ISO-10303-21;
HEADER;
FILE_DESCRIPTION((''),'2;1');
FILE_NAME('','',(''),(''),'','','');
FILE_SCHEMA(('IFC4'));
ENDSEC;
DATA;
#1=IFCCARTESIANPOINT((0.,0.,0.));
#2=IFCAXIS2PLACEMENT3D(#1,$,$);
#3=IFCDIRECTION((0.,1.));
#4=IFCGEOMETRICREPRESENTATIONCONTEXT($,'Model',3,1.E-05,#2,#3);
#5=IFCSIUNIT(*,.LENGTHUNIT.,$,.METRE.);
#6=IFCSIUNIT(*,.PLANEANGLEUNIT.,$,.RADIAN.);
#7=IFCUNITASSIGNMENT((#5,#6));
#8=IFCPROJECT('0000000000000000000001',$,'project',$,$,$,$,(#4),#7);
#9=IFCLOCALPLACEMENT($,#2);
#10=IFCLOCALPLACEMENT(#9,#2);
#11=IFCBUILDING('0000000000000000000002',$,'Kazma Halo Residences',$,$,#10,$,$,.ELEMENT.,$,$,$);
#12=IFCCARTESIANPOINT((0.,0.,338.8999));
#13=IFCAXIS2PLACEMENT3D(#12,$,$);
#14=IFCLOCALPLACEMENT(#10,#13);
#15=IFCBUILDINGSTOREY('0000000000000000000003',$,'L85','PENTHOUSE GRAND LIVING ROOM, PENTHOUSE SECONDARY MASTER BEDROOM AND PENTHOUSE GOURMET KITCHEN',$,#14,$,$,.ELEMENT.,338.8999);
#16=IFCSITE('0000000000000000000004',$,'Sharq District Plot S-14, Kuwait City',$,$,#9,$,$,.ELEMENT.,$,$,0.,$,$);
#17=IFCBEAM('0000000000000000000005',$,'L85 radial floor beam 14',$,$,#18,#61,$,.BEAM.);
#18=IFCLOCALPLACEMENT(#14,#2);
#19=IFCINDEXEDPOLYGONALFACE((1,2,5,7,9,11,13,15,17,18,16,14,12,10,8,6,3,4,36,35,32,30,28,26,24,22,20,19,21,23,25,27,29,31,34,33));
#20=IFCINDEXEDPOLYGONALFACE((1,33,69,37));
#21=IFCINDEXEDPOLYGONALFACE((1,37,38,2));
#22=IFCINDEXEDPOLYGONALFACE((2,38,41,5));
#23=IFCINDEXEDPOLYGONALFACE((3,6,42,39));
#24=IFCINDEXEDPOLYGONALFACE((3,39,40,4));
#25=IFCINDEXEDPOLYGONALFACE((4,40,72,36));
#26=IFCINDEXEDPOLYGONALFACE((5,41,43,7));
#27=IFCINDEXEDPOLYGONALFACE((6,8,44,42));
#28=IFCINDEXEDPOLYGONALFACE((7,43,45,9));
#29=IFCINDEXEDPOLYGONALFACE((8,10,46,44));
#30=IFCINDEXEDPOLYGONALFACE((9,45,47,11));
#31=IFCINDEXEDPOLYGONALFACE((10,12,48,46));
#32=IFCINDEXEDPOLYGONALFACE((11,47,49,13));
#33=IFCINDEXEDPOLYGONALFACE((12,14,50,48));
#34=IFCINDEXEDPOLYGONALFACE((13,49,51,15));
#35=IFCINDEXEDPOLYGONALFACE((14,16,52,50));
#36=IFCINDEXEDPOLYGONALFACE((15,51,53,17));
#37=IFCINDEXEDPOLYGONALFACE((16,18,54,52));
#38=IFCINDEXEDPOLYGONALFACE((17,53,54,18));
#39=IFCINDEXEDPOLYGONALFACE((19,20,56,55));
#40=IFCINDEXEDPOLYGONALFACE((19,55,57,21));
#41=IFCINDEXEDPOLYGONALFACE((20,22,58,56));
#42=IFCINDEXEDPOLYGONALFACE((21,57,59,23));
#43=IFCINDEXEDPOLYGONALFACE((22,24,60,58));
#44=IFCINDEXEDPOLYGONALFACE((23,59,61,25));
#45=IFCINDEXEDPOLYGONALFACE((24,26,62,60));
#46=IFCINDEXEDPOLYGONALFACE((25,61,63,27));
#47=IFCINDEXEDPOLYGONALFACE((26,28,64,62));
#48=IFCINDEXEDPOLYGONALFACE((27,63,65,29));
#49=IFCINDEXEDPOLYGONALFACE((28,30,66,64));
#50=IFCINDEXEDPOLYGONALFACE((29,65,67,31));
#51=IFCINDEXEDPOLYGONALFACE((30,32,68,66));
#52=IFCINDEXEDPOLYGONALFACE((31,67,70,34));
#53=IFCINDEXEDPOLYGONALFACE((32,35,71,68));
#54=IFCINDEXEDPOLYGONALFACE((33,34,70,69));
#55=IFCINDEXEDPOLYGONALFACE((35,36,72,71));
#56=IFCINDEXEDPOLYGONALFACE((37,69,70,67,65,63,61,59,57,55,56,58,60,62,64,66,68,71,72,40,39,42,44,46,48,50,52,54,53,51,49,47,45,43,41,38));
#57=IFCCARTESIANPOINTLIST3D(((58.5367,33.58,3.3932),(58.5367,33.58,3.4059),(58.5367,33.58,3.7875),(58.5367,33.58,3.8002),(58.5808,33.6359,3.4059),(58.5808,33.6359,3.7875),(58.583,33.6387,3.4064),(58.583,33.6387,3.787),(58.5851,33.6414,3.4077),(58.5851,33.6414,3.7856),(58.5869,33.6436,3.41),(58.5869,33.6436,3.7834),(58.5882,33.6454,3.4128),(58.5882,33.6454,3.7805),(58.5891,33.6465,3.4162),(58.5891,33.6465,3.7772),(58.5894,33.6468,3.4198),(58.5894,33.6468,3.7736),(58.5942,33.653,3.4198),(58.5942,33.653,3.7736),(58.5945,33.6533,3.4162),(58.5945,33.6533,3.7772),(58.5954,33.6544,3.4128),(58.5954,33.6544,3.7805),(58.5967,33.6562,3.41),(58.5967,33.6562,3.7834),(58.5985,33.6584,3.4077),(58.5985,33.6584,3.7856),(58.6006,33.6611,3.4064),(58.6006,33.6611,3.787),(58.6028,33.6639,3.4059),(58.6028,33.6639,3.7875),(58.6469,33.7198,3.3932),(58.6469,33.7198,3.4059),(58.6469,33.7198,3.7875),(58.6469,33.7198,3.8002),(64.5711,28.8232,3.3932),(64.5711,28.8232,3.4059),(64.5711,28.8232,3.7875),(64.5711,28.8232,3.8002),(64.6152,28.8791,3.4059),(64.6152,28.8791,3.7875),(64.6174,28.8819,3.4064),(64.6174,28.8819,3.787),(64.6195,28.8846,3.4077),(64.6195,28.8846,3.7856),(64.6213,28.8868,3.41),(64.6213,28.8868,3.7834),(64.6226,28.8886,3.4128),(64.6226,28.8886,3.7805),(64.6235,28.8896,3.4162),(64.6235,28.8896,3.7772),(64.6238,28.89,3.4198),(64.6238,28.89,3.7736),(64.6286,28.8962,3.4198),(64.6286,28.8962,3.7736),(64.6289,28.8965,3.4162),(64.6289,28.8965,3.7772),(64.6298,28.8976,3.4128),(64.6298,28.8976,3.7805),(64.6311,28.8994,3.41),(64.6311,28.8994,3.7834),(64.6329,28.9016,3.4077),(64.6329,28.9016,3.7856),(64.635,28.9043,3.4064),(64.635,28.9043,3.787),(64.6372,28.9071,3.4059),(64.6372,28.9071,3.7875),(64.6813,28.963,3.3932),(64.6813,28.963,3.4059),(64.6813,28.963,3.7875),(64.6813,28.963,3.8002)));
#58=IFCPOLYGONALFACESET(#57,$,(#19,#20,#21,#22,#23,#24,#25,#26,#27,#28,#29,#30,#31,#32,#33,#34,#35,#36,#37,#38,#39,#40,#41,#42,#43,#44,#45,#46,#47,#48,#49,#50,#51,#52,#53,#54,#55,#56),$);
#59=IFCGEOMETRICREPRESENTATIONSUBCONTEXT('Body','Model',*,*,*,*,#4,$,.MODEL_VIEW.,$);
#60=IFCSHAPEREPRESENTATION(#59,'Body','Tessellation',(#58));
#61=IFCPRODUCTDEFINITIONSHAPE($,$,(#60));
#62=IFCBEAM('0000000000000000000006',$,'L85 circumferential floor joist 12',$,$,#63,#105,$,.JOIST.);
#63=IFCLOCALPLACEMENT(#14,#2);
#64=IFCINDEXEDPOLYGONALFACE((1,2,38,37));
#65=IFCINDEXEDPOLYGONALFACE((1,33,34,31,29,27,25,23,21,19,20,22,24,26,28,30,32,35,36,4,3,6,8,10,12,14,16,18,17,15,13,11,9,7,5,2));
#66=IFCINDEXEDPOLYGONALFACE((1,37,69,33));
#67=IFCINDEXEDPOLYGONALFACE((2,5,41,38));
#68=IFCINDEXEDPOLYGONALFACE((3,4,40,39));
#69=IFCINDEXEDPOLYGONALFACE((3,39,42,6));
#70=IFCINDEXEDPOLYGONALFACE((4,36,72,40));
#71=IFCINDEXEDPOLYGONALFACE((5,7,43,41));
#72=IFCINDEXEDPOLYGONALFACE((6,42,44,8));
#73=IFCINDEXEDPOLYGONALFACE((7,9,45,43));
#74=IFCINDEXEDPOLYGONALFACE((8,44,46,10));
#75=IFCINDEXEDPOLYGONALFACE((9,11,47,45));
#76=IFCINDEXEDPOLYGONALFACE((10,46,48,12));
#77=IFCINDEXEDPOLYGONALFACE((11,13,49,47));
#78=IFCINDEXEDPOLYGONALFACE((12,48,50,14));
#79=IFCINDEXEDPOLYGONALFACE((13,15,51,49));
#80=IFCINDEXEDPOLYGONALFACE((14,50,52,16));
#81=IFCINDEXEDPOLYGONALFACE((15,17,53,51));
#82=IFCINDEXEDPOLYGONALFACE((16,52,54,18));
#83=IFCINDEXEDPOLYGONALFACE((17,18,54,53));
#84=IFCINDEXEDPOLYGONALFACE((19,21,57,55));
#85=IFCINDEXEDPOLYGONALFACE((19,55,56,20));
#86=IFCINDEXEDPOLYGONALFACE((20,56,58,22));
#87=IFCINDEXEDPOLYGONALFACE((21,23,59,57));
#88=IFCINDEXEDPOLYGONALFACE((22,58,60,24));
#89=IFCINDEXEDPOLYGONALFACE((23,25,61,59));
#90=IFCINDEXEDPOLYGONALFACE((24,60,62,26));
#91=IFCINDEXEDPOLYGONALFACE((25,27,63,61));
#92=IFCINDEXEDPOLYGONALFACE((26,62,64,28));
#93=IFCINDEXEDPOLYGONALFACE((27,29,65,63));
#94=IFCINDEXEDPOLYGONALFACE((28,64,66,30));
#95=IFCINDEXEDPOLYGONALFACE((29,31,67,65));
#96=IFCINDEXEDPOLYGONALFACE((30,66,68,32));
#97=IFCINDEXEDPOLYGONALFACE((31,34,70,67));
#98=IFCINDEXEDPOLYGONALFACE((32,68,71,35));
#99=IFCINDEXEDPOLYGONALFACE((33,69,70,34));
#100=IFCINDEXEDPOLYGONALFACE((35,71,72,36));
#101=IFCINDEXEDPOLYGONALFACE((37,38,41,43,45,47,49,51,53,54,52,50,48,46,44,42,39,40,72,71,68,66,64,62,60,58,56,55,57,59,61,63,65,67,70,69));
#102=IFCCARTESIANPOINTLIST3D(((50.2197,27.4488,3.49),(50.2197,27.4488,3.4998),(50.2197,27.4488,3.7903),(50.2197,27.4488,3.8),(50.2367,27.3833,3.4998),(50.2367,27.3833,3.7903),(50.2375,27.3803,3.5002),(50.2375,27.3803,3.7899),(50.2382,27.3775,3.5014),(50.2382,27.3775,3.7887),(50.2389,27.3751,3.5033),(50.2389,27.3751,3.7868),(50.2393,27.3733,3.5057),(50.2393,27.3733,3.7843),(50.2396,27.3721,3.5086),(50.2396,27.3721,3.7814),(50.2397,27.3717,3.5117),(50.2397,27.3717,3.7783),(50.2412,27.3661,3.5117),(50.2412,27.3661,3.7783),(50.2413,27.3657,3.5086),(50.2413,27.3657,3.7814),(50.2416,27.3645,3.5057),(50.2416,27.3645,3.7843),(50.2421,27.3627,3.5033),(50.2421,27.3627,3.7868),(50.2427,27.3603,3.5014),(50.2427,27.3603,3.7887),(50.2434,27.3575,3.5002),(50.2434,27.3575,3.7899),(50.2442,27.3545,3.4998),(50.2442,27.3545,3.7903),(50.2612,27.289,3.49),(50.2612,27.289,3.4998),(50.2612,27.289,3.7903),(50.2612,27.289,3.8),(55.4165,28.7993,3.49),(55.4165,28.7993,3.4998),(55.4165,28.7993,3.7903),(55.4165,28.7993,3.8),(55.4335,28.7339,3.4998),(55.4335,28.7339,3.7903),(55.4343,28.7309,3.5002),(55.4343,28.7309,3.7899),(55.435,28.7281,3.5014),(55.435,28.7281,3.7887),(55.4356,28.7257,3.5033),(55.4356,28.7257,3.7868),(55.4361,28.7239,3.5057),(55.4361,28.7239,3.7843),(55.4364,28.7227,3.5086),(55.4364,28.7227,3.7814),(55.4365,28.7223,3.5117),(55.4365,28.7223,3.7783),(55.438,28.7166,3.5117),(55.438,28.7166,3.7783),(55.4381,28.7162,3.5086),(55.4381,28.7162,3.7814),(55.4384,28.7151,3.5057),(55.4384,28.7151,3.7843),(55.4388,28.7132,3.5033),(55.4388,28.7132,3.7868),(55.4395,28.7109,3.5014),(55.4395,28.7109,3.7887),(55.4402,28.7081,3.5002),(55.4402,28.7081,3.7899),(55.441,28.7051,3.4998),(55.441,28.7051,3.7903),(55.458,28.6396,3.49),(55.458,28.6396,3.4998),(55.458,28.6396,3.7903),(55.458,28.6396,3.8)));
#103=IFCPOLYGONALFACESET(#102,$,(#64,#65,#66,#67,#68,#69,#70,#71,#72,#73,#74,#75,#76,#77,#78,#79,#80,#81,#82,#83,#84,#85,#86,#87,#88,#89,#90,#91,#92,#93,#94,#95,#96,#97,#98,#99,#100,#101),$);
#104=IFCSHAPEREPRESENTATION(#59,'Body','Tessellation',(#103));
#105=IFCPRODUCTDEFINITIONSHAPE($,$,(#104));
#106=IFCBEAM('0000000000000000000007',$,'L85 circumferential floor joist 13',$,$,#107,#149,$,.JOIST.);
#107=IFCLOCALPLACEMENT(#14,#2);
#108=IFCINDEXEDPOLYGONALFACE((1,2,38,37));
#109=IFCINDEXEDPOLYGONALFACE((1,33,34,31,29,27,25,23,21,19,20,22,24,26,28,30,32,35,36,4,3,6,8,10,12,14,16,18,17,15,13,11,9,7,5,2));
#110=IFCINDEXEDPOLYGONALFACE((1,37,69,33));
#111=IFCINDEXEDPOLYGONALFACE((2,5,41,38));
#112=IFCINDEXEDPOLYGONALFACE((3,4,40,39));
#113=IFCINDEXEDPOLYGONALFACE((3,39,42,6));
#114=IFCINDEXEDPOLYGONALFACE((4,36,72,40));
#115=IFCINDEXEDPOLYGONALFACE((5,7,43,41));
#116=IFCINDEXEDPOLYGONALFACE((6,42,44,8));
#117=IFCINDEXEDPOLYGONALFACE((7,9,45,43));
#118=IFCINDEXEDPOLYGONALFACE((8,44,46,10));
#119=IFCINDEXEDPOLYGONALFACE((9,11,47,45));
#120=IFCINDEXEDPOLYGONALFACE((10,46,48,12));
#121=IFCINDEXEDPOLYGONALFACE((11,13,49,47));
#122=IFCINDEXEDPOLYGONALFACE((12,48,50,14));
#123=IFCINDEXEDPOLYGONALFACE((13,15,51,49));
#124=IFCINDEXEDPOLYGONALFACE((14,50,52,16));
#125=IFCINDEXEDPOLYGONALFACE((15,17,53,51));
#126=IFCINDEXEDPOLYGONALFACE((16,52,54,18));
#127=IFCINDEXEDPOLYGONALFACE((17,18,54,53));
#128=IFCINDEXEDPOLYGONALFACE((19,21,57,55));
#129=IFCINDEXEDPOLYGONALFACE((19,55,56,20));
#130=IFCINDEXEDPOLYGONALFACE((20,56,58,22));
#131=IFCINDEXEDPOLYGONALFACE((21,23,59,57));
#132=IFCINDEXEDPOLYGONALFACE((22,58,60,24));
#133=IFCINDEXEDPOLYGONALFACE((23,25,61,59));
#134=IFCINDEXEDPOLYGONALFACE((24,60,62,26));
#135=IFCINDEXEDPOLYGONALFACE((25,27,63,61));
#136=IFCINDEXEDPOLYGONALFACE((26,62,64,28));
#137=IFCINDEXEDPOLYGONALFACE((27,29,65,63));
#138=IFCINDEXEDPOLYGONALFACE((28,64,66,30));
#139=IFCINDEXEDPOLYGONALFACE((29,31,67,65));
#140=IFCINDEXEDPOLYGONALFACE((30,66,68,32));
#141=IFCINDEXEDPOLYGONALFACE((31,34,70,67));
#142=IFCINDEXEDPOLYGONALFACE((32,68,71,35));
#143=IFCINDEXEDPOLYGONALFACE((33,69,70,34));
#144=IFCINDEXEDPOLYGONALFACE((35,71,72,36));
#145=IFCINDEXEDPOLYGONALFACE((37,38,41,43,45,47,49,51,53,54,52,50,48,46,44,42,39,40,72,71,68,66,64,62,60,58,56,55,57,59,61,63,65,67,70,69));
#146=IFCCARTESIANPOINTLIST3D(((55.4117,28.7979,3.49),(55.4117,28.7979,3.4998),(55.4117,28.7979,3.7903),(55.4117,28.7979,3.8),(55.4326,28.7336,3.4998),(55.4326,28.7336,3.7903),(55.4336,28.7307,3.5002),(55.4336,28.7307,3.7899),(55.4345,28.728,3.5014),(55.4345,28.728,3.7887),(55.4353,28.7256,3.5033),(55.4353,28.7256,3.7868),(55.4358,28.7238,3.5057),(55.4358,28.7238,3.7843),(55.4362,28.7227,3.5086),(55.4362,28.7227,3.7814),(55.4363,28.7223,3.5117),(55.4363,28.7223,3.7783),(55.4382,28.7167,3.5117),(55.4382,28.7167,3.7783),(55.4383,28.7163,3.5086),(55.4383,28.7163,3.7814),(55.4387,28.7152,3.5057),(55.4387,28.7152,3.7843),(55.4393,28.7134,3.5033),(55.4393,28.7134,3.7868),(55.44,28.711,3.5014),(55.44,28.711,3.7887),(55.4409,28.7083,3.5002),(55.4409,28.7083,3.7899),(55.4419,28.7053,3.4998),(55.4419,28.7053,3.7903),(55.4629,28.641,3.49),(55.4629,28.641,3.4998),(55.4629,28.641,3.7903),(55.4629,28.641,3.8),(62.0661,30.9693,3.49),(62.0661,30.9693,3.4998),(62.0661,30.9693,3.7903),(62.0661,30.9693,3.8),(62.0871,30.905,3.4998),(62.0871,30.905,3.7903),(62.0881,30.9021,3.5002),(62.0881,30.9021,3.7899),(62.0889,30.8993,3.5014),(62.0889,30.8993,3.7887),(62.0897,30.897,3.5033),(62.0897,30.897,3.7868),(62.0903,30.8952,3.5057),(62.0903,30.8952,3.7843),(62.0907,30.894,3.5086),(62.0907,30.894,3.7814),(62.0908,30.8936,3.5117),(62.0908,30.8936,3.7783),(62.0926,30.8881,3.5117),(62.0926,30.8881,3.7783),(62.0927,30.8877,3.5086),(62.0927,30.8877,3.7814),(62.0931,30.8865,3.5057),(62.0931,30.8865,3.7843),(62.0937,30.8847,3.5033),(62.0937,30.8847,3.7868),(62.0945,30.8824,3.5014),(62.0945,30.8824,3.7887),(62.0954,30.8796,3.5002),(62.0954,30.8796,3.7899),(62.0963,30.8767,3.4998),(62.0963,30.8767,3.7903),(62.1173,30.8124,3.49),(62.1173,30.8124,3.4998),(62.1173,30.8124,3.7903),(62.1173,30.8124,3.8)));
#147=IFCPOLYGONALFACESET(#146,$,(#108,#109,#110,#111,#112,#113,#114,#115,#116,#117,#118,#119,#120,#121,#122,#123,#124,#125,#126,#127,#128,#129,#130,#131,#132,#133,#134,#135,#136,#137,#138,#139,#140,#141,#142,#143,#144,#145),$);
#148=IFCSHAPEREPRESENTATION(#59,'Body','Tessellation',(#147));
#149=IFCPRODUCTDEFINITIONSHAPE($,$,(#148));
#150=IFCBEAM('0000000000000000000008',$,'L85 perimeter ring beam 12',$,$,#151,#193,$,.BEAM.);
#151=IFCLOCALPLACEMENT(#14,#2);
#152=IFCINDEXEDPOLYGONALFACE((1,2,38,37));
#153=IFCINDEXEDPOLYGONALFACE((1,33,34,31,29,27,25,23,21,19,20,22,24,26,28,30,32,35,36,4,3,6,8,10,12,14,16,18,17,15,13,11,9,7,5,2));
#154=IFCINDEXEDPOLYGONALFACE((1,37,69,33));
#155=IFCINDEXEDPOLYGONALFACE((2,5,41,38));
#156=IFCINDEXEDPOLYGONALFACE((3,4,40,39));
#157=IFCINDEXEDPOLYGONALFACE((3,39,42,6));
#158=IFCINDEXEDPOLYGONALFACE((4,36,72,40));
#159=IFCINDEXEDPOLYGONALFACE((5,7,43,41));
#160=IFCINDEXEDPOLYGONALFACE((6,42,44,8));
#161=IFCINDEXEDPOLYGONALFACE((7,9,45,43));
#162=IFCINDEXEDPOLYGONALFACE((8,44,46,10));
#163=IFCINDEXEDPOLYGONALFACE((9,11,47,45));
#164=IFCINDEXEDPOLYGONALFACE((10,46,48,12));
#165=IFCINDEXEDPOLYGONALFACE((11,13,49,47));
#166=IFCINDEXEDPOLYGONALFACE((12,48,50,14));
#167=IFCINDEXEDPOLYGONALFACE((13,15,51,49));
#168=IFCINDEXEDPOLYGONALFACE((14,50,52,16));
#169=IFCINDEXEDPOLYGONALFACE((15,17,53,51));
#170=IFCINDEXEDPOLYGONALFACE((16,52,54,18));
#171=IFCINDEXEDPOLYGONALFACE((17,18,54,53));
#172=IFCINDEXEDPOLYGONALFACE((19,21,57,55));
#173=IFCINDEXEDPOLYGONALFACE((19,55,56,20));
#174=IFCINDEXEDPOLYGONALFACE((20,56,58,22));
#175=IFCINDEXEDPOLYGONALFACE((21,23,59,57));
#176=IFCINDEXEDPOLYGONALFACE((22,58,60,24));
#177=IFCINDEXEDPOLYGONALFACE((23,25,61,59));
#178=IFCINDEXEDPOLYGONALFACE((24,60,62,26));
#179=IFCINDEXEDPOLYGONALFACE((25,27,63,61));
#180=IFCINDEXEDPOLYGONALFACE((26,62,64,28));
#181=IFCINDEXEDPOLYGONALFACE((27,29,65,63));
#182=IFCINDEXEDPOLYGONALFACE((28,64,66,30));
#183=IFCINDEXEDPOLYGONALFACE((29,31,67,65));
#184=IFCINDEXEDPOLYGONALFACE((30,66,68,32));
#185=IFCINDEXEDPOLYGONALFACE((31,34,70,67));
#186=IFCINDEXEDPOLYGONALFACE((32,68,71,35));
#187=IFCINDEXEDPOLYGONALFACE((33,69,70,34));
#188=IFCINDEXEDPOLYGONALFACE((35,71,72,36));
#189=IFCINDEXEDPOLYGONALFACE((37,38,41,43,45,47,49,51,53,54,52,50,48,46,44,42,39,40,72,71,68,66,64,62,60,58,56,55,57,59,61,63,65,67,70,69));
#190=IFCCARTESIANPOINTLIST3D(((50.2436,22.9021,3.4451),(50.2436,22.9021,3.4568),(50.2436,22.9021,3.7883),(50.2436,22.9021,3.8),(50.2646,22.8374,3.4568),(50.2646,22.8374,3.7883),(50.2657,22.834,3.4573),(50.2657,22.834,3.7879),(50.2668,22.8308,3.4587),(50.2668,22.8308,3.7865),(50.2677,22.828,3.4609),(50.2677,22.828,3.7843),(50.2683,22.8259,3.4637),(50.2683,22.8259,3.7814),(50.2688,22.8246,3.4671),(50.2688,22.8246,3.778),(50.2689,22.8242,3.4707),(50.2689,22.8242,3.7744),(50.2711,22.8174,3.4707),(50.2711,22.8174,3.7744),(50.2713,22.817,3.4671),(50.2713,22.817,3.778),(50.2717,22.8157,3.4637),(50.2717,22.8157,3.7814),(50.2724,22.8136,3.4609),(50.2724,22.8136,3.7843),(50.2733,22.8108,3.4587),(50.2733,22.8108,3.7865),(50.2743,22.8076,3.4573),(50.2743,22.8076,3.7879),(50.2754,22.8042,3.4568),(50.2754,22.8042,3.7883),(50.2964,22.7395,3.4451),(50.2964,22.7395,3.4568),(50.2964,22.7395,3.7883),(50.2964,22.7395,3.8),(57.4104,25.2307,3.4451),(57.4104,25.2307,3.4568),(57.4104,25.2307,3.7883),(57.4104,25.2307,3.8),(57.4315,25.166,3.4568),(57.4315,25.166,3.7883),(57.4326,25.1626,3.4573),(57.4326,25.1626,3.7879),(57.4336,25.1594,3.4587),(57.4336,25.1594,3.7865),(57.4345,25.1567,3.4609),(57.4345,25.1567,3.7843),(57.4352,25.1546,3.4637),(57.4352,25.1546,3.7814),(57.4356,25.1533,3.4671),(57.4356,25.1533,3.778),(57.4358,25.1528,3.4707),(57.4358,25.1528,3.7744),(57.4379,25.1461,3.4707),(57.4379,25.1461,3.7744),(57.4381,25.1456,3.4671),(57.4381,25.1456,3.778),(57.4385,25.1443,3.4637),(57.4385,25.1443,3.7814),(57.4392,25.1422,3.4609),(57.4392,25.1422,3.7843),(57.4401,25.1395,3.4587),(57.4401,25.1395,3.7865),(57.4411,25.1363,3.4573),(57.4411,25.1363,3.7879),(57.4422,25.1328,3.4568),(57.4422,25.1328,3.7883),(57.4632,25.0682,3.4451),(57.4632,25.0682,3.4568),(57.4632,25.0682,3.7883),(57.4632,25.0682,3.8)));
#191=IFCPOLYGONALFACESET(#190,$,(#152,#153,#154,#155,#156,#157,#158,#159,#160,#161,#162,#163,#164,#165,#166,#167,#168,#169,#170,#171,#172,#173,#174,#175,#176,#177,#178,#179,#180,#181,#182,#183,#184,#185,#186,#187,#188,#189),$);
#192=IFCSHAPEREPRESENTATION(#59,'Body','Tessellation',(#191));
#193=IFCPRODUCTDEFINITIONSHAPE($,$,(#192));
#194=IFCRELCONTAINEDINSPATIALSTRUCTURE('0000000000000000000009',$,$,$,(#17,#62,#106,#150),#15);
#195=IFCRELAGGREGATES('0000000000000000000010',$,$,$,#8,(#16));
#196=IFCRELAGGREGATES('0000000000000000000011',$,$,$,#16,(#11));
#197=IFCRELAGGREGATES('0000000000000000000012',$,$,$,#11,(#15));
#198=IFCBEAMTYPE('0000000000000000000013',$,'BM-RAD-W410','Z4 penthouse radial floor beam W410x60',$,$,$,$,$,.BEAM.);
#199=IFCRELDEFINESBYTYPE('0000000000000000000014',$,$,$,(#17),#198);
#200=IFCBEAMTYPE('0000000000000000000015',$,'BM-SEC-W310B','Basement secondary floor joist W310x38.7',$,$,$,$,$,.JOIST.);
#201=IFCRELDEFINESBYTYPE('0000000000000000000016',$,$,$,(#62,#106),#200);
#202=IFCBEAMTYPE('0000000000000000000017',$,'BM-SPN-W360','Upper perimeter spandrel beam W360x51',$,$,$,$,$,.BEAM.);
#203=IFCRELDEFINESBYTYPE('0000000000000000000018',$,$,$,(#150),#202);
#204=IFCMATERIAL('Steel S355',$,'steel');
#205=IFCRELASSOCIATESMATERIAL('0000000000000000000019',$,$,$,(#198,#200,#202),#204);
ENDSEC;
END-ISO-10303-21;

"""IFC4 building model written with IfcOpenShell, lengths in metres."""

from ifc_helpers import new_model, si_unit, direction, frame, origin, origin_2d, place, context, subcontext, project, spatial, i_section, extrude, material, material_profile, profile_set, type_object, element, save


model = new_model("IFC4")

# Units and contexts
model_context = context("Model", 3, precision=1e-05, world=origin(), true_north=direction((0.0, 1.0)))
body_context = subcontext(model_context, "Body", "Model", "MODEL_VIEW")
ifc_project = project(units=[si_unit("LENGTHUNIT", "METRE"), si_unit("PLANEANGLEUNIT", "RADIAN")], contexts=[model_context])

# Site, building, storey
site_placement = place(None, origin())
site = spatial("IfcSite", under=ifc_project, at=site_placement, Name="Sharq District Plot S-14, Kuwait City", CompositionType="ELEMENT", RefElevation=0.0)
building_placement = place(site_placement, origin())
building = spatial("IfcBuilding", under=site, at=building_placement, Name="Kazma Halo Residences", CompositionType="ELEMENT")
storey_placement = place(building_placement, frame((0.0, 0.0, 338.8999)))
storey = spatial("IfcBuildingStorey", under=building, at=storey_placement, Name="L85", Description="PENTHOUSE GRAND LIVING ROOM, PENTHOUSE SECONDARY MASTER BEDROOM AND PENTHOUSE GOURMET KITCHEN", CompositionType="ELEMENT", Elevation=338.8999)

# Beams
ifc_material_1 = material(Name="Steel S355", Category="steel")
ifc_material_profile_1 = material_profile(ifc_material_1, i_section(OverallWidth=0.178, OverallDepth=0.407, WebThickness=0.0078, FlangeThickness=0.0127, FilletRadius=0.0139, at=origin_2d()), Name="W410x60")
ifc_profile_set_1 = profile_set([ifc_material_profile_1], Name="Steel S355")
beam_type_1 = type_object("IfcBeamType", Name="BM-RAD-W410", Description="Z4 penthouse radial floor beam W410x60", PredefinedType="BEAM", material=ifc_profile_set_1)
beam_1_placement = place(storey_placement, frame((58.5918, 33.6499, 3.5967), z_axis=(0.785337, -0.619068, 0.0), x_axis=(0.619068, 0.785337, 0.0)))
element("IfcBeam", 1, at=beam_1_placement, inside=storey, type_object=beam_type_1, Name="L85 radial floor beam 14", PredefinedType="BEAM", context=body_context, shape_type="SweptSolid", body=[
    extrude(i_section(OverallWidth=0.178, OverallDepth=0.407, WebThickness=0.0078, FlangeThickness=0.0127, FilletRadius=0.0139, at=origin_2d()), origin(), (0.0, 0.0, 1.0), 7.6838),
])
ifc_material_profile_2 = material_profile(ifc_material_1, i_section(OverallWidth=0.165, OverallDepth=0.3101, WebThickness=0.0059, FlangeThickness=0.0098, FilletRadius=0.012, at=origin_2d()), Name="W310x38.7")
ifc_profile_set_2 = profile_set([ifc_material_profile_2], Name="Steel S355")
beam_type_2 = type_object("IfcBeamType", Name="BM-SEC-W310B", Description="Basement secondary floor joist W310x38.7", PredefinedType="JOIST", material=ifc_profile_set_2)
beam_2_placement = place(storey_placement, frame((50.2405, 27.3689, 3.645), z_axis=(0.967849, 0.251533, 0.0), x_axis=(-0.251533, 0.967849, 0.0)))
element("IfcBeam", 2, at=beam_2_placement, inside=storey, type_object=beam_type_2, Name="L85 circumferential floor joist 12", PredefinedType="JOIST", context=body_context, shape_type="SweptSolid", body=[
    extrude(i_section(OverallWidth=0.165, OverallDepth=0.3101, WebThickness=0.0059, FlangeThickness=0.0098, FilletRadius=0.012, at=origin_2d()), origin(), (0.0, 0.0, 1.0), 5.3694),
])
beam_3_placement = place(storey_placement, frame((55.4373, 28.7195, 3.645), z_axis=(0.95067, 0.310205, 0.0), x_axis=(-0.310205, 0.95067, 0.0)))
element("IfcBeam", 3, at=beam_3_placement, inside=storey, type_object=beam_type_2, Name="L85 circumferential floor joist 13", PredefinedType="JOIST", context=body_context, shape_type="SweptSolid", body=[
    extrude(i_section(OverallWidth=0.165, OverallDepth=0.3101, WebThickness=0.0059, FlangeThickness=0.0098, FilletRadius=0.012, at=origin_2d()), origin(), (0.0, 0.0, 1.0), 6.9998),
])
ifc_material_profile_3 = material_profile(ifc_material_1, i_section(OverallWidth=0.1709, OverallDepth=0.355, WebThickness=0.0071, FlangeThickness=0.0117, FilletRadius=0.0139, at=origin_2d()), Name="W360x51")
ifc_profile_set_3 = profile_set([ifc_material_profile_3], Name="Steel S355")
beam_type_3 = type_object("IfcBeamType", Name="BM-SPN-W360", Description="Upper perimeter spandrel beam W360x51", PredefinedType="BEAM", material=ifc_profile_set_3)
beam_4_placement = place(storey_placement, frame((50.27, 22.8208, 3.6226), z_axis=(0.951057, 0.309016, 0.0), x_axis=(-0.309016, 0.951057, 0.0)))
element("IfcBeam", 4, at=beam_4_placement, inside=storey, type_object=beam_type_3, Name="L85 perimeter ring beam 12", PredefinedType="BEAM", context=body_context, shape_type="SweptSolid", body=[
    extrude(i_section(OverallWidth=0.1709, OverallDepth=0.355, WebThickness=0.0071, FlangeThickness=0.0117, FilletRadius=0.0139, at=origin_2d()), origin(), (0.0, 0.0, 1.0), 7.5356),
])

save(model, "model.ifc")
